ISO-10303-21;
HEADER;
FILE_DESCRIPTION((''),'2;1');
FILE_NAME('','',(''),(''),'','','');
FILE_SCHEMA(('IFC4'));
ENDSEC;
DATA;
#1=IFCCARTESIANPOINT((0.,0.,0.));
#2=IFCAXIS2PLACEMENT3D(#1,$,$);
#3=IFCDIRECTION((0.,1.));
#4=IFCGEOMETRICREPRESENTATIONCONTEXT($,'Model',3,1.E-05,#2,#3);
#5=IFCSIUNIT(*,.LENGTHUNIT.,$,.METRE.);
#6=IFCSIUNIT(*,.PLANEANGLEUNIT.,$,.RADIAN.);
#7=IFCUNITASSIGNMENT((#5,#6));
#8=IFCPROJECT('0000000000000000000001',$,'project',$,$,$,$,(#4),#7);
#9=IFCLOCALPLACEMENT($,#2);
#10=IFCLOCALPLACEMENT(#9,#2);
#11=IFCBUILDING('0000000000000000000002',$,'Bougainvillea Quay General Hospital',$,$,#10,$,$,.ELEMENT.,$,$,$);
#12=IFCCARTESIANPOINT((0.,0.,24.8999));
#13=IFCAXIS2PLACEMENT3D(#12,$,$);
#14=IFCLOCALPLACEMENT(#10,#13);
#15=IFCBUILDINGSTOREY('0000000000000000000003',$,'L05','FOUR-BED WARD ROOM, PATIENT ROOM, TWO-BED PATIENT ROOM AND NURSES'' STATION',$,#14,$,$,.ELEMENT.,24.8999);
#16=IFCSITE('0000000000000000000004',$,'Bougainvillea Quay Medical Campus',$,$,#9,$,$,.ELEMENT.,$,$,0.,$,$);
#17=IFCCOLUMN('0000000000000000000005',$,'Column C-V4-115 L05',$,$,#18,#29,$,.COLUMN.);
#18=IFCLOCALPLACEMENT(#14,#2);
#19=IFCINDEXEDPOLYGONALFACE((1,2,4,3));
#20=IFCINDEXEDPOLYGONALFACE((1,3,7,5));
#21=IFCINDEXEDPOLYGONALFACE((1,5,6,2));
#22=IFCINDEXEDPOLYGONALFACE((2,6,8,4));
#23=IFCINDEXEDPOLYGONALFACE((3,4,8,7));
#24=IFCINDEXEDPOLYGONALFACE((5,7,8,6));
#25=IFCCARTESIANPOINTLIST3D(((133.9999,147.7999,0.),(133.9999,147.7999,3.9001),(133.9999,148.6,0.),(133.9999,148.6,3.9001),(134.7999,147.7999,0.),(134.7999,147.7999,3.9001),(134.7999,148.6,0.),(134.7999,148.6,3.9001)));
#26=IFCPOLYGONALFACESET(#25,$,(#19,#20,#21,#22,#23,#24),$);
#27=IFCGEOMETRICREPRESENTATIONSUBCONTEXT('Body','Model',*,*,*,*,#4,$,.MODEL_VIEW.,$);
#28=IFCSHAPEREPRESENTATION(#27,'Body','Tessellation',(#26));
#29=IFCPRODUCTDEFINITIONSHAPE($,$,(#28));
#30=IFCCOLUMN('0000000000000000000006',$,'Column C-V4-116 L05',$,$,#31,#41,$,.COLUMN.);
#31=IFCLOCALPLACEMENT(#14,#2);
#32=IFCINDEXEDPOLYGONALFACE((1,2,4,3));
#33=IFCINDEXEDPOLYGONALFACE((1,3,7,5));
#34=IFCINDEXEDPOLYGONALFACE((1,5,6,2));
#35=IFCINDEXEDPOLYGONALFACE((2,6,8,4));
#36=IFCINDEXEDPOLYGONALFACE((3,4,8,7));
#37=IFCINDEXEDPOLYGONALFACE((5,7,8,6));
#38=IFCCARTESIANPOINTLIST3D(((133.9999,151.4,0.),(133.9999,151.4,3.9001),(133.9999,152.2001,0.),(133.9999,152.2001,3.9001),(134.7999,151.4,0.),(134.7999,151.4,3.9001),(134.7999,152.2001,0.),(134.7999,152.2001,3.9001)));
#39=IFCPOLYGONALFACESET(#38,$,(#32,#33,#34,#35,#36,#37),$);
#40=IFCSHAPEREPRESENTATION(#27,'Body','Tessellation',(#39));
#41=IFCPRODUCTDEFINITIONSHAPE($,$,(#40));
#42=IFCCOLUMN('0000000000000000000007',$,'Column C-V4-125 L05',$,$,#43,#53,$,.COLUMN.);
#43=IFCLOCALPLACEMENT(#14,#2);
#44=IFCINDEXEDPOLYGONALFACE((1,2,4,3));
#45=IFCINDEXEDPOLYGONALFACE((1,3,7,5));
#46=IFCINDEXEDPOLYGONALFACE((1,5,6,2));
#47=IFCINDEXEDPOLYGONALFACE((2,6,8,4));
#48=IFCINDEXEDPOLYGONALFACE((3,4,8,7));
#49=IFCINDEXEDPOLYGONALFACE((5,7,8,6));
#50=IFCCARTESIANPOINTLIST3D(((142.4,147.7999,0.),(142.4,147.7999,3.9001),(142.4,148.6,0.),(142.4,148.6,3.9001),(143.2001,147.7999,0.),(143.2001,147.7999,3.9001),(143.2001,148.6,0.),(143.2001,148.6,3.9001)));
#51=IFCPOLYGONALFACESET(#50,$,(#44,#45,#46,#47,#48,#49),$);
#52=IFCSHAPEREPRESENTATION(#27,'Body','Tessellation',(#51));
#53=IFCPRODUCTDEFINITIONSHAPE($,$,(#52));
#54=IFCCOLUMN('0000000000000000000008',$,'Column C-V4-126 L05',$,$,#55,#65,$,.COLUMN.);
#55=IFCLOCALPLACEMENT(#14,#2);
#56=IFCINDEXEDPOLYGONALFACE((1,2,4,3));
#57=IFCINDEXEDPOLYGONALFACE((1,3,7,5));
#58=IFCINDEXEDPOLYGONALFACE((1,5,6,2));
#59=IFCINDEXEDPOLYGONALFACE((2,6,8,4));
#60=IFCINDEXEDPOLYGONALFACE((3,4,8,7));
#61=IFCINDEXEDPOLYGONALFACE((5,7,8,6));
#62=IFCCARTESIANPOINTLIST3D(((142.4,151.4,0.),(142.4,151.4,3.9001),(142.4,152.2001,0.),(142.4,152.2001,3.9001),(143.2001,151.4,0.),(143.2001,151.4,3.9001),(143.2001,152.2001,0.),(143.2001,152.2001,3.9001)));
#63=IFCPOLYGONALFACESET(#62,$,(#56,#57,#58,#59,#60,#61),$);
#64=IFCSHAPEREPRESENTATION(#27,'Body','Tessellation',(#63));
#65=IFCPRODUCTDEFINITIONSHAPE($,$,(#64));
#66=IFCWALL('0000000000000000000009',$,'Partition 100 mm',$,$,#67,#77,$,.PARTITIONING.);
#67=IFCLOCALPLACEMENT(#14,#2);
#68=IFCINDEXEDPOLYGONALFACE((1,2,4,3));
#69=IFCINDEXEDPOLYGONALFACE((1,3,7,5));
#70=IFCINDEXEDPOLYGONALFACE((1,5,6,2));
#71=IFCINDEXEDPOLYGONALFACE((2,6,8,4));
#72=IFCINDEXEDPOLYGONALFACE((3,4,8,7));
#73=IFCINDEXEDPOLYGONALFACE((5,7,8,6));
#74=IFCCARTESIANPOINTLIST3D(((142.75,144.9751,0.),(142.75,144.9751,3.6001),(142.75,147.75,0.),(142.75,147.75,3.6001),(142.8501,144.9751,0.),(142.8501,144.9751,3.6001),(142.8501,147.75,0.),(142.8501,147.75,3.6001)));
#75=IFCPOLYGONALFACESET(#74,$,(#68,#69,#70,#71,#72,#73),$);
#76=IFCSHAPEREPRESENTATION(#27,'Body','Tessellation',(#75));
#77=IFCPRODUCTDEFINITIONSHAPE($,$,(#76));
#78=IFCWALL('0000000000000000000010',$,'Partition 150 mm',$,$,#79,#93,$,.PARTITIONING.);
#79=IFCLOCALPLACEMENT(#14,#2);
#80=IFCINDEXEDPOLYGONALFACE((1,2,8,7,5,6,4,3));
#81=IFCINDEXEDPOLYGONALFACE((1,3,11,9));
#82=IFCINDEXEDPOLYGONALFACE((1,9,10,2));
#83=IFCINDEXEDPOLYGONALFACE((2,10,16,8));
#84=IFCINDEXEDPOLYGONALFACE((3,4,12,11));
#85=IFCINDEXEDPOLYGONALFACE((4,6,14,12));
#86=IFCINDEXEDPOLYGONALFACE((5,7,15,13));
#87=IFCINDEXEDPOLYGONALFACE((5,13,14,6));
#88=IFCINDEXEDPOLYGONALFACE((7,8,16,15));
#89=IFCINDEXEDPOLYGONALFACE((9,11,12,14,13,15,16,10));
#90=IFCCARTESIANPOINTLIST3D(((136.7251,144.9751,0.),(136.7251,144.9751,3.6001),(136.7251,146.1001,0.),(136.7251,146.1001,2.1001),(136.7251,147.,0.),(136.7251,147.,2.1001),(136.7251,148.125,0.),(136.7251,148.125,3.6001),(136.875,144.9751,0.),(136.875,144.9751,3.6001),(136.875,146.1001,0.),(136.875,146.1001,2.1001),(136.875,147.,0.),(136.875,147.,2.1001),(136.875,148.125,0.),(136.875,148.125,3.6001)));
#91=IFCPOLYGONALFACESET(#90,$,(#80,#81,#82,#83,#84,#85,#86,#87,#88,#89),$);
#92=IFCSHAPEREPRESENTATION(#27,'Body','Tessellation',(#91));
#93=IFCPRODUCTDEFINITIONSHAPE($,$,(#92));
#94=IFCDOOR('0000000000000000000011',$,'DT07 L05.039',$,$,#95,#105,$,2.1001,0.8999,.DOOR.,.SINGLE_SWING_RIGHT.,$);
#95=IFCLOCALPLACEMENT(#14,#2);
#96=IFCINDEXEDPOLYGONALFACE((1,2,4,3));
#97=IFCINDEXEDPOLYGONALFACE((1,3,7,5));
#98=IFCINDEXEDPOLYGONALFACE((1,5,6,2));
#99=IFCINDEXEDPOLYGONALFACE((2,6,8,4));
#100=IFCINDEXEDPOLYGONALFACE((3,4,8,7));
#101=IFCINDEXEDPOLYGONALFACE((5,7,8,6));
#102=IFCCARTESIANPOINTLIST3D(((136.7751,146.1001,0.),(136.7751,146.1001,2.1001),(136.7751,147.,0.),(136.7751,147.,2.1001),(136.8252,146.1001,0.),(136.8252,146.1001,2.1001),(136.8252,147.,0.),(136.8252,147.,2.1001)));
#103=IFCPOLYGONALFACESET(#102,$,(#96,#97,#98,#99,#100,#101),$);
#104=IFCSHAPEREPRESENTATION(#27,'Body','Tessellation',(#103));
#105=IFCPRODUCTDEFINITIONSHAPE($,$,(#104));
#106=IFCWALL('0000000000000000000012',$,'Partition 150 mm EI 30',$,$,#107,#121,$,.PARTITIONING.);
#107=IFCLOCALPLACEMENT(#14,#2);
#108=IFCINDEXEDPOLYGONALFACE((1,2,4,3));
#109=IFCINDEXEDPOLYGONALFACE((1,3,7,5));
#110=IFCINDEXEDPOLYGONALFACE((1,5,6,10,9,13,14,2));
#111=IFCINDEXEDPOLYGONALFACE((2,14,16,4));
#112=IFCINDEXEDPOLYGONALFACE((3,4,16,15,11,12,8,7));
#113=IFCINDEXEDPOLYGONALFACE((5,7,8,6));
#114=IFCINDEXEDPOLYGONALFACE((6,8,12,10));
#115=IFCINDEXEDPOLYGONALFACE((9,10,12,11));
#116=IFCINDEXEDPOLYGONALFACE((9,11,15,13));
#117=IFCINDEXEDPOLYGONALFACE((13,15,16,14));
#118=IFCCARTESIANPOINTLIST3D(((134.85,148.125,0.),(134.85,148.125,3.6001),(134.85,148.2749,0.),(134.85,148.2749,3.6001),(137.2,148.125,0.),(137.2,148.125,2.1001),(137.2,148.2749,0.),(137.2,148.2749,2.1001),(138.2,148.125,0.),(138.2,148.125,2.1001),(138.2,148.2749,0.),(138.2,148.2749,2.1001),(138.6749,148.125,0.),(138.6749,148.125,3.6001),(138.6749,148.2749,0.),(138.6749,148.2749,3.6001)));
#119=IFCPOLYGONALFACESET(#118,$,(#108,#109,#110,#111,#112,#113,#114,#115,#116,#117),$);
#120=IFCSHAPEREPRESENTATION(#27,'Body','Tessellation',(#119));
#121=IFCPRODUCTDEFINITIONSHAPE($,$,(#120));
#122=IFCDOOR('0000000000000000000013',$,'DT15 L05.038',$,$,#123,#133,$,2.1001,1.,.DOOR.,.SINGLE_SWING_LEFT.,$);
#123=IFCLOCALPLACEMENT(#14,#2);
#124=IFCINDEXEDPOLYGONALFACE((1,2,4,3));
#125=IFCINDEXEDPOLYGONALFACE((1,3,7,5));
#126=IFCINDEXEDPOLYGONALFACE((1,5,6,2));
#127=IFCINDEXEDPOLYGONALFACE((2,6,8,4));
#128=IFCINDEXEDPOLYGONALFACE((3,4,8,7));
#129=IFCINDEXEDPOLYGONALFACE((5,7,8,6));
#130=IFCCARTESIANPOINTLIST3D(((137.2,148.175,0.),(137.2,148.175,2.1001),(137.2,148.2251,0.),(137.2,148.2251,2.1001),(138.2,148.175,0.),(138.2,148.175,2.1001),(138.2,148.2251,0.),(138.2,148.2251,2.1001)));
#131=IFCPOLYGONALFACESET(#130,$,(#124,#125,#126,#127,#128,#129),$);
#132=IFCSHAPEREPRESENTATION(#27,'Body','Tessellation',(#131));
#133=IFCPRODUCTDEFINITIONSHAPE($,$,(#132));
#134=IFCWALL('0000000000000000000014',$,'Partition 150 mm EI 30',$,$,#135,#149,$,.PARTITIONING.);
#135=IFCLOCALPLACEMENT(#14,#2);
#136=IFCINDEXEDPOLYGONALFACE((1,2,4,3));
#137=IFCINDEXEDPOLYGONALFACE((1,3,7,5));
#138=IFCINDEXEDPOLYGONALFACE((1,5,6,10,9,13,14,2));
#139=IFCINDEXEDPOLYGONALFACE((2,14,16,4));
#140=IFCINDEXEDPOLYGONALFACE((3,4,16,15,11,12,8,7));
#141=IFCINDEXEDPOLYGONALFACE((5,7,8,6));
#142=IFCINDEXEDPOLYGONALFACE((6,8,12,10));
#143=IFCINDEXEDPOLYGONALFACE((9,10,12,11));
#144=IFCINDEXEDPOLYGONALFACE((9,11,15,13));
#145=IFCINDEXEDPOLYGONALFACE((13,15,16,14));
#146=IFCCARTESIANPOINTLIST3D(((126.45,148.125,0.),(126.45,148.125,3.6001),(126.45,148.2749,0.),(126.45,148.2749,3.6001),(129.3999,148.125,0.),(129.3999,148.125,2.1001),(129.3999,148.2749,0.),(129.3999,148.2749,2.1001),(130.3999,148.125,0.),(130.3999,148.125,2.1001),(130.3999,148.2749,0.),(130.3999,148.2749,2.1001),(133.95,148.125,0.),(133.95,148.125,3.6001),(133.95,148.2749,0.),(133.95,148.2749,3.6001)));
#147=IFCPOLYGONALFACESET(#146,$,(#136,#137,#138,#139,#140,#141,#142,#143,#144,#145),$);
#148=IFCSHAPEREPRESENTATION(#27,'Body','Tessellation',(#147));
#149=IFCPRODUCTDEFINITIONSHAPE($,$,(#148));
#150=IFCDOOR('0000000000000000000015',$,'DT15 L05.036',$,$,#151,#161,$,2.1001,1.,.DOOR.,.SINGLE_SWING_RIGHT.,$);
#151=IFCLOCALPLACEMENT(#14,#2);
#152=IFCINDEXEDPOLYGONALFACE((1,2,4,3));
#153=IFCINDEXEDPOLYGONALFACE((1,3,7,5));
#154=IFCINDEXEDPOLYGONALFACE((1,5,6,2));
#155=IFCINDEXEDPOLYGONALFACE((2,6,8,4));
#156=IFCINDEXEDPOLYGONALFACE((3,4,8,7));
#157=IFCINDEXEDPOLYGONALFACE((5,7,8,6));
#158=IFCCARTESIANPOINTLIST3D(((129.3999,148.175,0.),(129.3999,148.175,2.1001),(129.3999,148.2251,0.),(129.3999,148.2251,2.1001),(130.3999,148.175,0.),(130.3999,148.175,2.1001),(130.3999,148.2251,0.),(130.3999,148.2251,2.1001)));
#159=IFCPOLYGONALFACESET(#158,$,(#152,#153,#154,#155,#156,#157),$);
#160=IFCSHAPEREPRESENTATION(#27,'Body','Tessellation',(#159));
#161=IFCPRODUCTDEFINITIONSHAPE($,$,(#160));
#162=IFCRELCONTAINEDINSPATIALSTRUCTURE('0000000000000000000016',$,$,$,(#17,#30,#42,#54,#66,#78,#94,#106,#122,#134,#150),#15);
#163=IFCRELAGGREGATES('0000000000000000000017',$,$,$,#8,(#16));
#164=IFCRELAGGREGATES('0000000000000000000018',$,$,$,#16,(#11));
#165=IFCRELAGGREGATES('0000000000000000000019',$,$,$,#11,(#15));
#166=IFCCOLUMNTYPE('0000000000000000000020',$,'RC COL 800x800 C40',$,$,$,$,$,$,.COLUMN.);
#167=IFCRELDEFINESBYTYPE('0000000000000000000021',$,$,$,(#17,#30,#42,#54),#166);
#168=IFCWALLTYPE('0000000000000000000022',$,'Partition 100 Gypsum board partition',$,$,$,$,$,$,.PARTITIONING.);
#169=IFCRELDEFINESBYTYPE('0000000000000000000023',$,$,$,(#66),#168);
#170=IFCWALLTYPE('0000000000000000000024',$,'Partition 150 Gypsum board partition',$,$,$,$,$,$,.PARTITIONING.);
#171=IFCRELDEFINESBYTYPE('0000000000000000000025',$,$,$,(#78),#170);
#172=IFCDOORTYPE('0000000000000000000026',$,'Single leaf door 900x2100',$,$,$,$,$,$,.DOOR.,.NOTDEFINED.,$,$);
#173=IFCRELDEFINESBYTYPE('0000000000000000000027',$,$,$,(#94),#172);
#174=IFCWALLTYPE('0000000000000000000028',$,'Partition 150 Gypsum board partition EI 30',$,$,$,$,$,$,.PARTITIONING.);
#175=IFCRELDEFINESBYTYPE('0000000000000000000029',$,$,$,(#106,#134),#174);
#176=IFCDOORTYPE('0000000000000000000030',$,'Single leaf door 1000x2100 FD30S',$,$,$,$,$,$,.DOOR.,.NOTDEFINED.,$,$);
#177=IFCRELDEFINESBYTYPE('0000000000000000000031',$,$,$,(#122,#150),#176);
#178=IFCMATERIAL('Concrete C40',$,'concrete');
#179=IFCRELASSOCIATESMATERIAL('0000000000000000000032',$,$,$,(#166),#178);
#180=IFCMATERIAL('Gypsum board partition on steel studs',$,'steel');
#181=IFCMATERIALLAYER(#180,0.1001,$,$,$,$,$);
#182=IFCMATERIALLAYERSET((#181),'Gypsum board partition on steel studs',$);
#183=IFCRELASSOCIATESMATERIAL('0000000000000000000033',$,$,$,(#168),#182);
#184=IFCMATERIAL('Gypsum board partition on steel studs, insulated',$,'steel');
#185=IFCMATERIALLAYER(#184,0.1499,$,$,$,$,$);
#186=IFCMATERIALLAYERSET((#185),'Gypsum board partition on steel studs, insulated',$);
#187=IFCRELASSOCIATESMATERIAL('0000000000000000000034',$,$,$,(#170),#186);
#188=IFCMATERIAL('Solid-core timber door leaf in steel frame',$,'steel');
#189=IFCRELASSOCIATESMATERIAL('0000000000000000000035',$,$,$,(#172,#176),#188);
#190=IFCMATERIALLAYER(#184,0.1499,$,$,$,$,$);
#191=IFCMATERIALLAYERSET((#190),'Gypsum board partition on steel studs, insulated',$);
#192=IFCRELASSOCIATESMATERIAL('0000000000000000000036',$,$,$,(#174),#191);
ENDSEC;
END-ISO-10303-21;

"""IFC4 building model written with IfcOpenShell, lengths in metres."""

from ifc_helpers import new_model, si_unit, direction, frame, frame_2d, origin, origin_2d, place, context, subcontext, project, spatial, rectangle, extrude, material, layer, layer_set, material_profile, profile_set, type_object, element, fill, save


model = new_model("IFC4")

# Units and contexts
model_context = context("Model", 3, precision=1e-05, world=origin(), true_north=direction((0.0, 1.0)))
body_context = subcontext(model_context, "Body", "Model", "MODEL_VIEW")
ifc_project = project(units=[si_unit("LENGTHUNIT", "METRE"), si_unit("PLANEANGLEUNIT", "RADIAN")], contexts=[model_context])

# Site, building, storey
site_placement = place(None, origin())
site = spatial("IfcSite", under=ifc_project, at=site_placement, Name="Bougainvillea Quay Medical Campus", CompositionType="ELEMENT", RefElevation=0.0)
building_placement = place(site_placement, origin())
building = spatial("IfcBuilding", under=site, at=building_placement, Name="Bougainvillea Quay General Hospital", CompositionType="ELEMENT")
storey_placement = place(building_placement, frame((0.0, 0.0, 24.8999)))
storey = spatial("IfcBuildingStorey", under=building, at=storey_placement, Name="L05", Description="FOUR-BED WARD ROOM, PATIENT ROOM, TWO-BED PATIENT ROOM AND NURSES' STATION", CompositionType="ELEMENT", Elevation=24.8999)

# Columns
ifc_material_1 = material(Name="Concrete C40", Category="concrete")
ifc_material_profile = material_profile(ifc_material_1, rectangle(XDim=0.8, YDim=0.8, at=origin_2d()))
ifc_profile_set = profile_set([ifc_material_profile], Name="Concrete C40")
column_type = type_object("IfcColumnType", Name="RC COL 800x800 C40", PredefinedType="COLUMN", material=ifc_profile_set)
for number, where, z_axis, x_axis, name in (
    (1, (134.3999, 148.2, 0.0), (0.0, 0.0, 1.0), (1.0, 0.0, 0.0), "Column C-V4-115 L05"),
    (2, (134.3999, 151.8, 0.0), (0.0, 0.0, 1.0), (1.0, 0.0, 0.0), "Column C-V4-116 L05"),
    (3, (142.8, 148.2, 0.0), (0.0, 0.0, 1.0), (1.0, 0.0, 0.0), "Column C-V4-125 L05"),
    (4, (142.8, 151.8, 0.0), (0.0, 0.0, 1.0), (1.0, 0.0, 0.0), "Column C-V4-126 L05"),
):
    element("IfcColumn", number, at=place(storey_placement, frame(where, z_axis=z_axis, x_axis=x_axis)), inside=storey, type_object=column_type, Name=name, PredefinedType="COLUMN", context=body_context, shape_type="SweptSolid", body=[
        extrude(rectangle(XDim=0.8, YDim=0.8, at=origin_2d()), origin(), (0.0, 0.0, 1.0), 3.9001),
    ])

# Wall
ifc_material_2 = material(Name="Gypsum board partition on steel studs", Category="steel")
ifc_layer_1 = layer(ifc_material_2, 0.1001)
ifc_layer_set_1 = layer_set([ifc_layer_1], Name="Gypsum board partition on steel studs")
wall_type_1 = type_object("IfcWallType", Name="Partition 100 Gypsum board partition", PredefinedType="PARTITIONING", material=ifc_layer_set_1)
wall_1_placement = place(storey_placement, frame((142.8, 144.9751, 0.0), z_axis=(0.0, 0.0, 1.0), x_axis=(0.0, 1.0, 0.0)))
element("IfcWall", 5, at=wall_1_placement, inside=storey, type_object=wall_type_1, Name="Partition 100 mm", PredefinedType="PARTITIONING", context=body_context, shape_type="SweptSolid", body=[
    extrude(rectangle(XDim=2.7749, YDim=0.1001, at=frame_2d((1.3875, 0.0))), origin(), (0.0, 0.0, 1.0), 3.6001),
])

# Walls, openings, doors
ifc_material_3 = material(Name="Gypsum board partition on steel studs, insulated", Category="steel")
ifc_layer_2 = layer(ifc_material_3, 0.1499)
ifc_layer_set_2 = layer_set([ifc_layer_2], Name="Gypsum board partition on steel studs, insulated")
wall_type_2 = type_object("IfcWallType", Name="Partition 150 Gypsum board partition", PredefinedType="PARTITIONING", material=ifc_layer_set_2)
wall_2_placement = place(storey_placement, frame((136.8, 144.9751, 0.0), z_axis=(0.0, 0.0, 1.0), x_axis=(0.0, 1.0, 0.0)))
wall_2 = element("IfcWall", 6, at=wall_2_placement, inside=storey, type_object=wall_type_2, Name="Partition 150 mm", PredefinedType="PARTITIONING", context=body_context, shape_type="SweptSolid", body=[
    extrude(rectangle(XDim=3.1499, YDim=0.1499, at=frame_2d((1.575, 0.0))), origin(), (0.0, 0.0, 1.0), 3.6001),
])
opening_1_placement = place(wall_2_placement, frame((1.125, 0.0, 0.0)))
opening_1 = element("IfcOpeningElement", 7, at=opening_1_placement, cuts=wall_2, PredefinedType="OPENING", context=body_context, shape_type="SweptSolid", body=[
    extrude(rectangle(XDim=0.8999, YDim=2.1001, at=frame_2d((0.45, 1.05))), frame((0.0, 0.085, 0.0), z_axis=(0.0, -1.0, 0.0), x_axis=(1.0, 0.0, 0.0)), (0.0, 0.0, 1.0), 0.1699),
])
ifc_material_4 = material(Name="Solid-core timber door leaf in steel frame", Category="steel")
door_type_1 = type_object("IfcDoorType", Name="Single leaf door 900x2100", OperationType="NOTDEFINED", PredefinedType="DOOR", material=ifc_material_4)
door_1_placement = place(opening_1_placement, origin())
door_1 = element("IfcDoor", 8, at=door_1_placement, inside=storey, type_object=door_type_1, Name="DT07 L05.039", OperationType="SINGLE_SWING_RIGHT", OverallHeight=2.1001, OverallWidth=0.8999, PredefinedType="DOOR", context=body_context, shape_type="SweptSolid", body=[
    extrude(rectangle(XDim=0.8999, YDim=2.1001, at=frame_2d((0.45, 1.05))), frame((0.0, 0.0249, 0.0), z_axis=(0.0, -1.0, 0.0), x_axis=(1.0, 0.0, 0.0)), (0.0, 0.0, 1.0), 0.05),
])
fill(opening_1, door_1)
ifc_layer_3 = layer(ifc_material_3, 0.1499)
ifc_layer_set_3 = layer_set([ifc_layer_3], Name="Gypsum board partition on steel studs, insulated")
wall_type_3 = type_object("IfcWallType", Name="Partition 150 Gypsum board partition EI 30", PredefinedType="PARTITIONING", material=ifc_layer_set_3)
wall_3_placement = place(storey_placement, frame((138.675, 148.2, 0.0), z_axis=(0.0, 0.0, 1.0), x_axis=(-1.0, 0.0, 0.0)))
wall_3 = element("IfcWall", 9, at=wall_3_placement, inside=storey, type_object=wall_type_3, Name="Partition 150 mm EI 30", PredefinedType="PARTITIONING", context=body_context, shape_type="SweptSolid", body=[
    extrude(rectangle(XDim=3.825, YDim=0.1499, at=frame_2d((1.9126, 0.0))), origin(), (0.0, 0.0, 1.0), 3.6001),
])
opening_2_placement = place(wall_3_placement, frame((0.4751, 0.0, 0.0)))
opening_2 = element("IfcOpeningElement", 10, at=opening_2_placement, cuts=wall_3, PredefinedType="OPENING", context=body_context, shape_type="SweptSolid", body=[
    extrude(rectangle(XDim=1.0, YDim=2.1001, at=frame_2d((0.5, 1.05))), frame((0.0, 0.085, 0.0), z_axis=(0.0, -1.0, 0.0), x_axis=(1.0, 0.0, 0.0)), (0.0, 0.0, 1.0), 0.1699),
])
door_type_2 = type_object("IfcDoorType", Name="Single leaf door 1000x2100 FD30S", OperationType="NOTDEFINED", PredefinedType="DOOR", material=ifc_material_4)
door_2_placement = place(opening_2_placement, origin())
door_2 = element("IfcDoor", 11, at=door_2_placement, inside=storey, type_object=door_type_2, Name="DT15 L05.038", OperationType="SINGLE_SWING_LEFT", OverallHeight=2.1001, OverallWidth=1.0, PredefinedType="DOOR", context=body_context, shape_type="SweptSolid", body=[
    extrude(rectangle(XDim=1.0, YDim=2.1001, at=frame_2d((0.5, 1.05))), frame((0.0, 0.0249, 0.0), z_axis=(0.0, -1.0, 0.0), x_axis=(1.0, 0.0, 0.0)), (0.0, 0.0, 1.0), 0.05),
])
fill(opening_2, door_2)
wall_4_placement = place(storey_placement, frame((133.95, 148.2, 0.0), z_axis=(0.0, 0.0, 1.0), x_axis=(-1.0, 0.0, 0.0)))
wall_4 = element("IfcWall", 12, at=wall_4_placement, inside=storey, type_object=wall_type_3, Name="Partition 150 mm EI 30", PredefinedType="PARTITIONING", context=body_context, shape_type="SweptSolid", body=[
    extrude(rectangle(XDim=7.5, YDim=0.1499, at=frame_2d((3.75, 0.0))), origin(), (0.0, 0.0, 1.0), 3.6001),
])
opening_3_placement = place(wall_4_placement, frame((3.55, 0.0, 0.0)))
opening_3 = element("IfcOpeningElement", 13, at=opening_3_placement, cuts=wall_4, PredefinedType="OPENING", context=body_context, shape_type="SweptSolid", body=[
    extrude(rectangle(XDim=1.0, YDim=2.1001, at=frame_2d((0.5, 1.05))), frame((0.0, 0.085, 0.0), z_axis=(0.0, -1.0, 0.0), x_axis=(1.0, 0.0, 0.0)), (0.0, 0.0, 1.0), 0.1699),
])
door_3_placement = place(opening_3_placement, origin())
door_3 = element("IfcDoor", 14, at=door_3_placement, inside=storey, type_object=door_type_2, Name="DT15 L05.036", OperationType="SINGLE_SWING_RIGHT", OverallHeight=2.1001, OverallWidth=1.0, PredefinedType="DOOR", context=body_context, shape_type="SweptSolid", body=[
    extrude(rectangle(XDim=1.0, YDim=2.1001, at=frame_2d((0.5, 1.05))), frame((0.0, 0.0249, 0.0), z_axis=(0.0, -1.0, 0.0), x_axis=(1.0, 0.0, 0.0)), (0.0, 0.0, 1.0), 0.05),
])
fill(opening_3, door_3)

save(model, "model.ifc")
